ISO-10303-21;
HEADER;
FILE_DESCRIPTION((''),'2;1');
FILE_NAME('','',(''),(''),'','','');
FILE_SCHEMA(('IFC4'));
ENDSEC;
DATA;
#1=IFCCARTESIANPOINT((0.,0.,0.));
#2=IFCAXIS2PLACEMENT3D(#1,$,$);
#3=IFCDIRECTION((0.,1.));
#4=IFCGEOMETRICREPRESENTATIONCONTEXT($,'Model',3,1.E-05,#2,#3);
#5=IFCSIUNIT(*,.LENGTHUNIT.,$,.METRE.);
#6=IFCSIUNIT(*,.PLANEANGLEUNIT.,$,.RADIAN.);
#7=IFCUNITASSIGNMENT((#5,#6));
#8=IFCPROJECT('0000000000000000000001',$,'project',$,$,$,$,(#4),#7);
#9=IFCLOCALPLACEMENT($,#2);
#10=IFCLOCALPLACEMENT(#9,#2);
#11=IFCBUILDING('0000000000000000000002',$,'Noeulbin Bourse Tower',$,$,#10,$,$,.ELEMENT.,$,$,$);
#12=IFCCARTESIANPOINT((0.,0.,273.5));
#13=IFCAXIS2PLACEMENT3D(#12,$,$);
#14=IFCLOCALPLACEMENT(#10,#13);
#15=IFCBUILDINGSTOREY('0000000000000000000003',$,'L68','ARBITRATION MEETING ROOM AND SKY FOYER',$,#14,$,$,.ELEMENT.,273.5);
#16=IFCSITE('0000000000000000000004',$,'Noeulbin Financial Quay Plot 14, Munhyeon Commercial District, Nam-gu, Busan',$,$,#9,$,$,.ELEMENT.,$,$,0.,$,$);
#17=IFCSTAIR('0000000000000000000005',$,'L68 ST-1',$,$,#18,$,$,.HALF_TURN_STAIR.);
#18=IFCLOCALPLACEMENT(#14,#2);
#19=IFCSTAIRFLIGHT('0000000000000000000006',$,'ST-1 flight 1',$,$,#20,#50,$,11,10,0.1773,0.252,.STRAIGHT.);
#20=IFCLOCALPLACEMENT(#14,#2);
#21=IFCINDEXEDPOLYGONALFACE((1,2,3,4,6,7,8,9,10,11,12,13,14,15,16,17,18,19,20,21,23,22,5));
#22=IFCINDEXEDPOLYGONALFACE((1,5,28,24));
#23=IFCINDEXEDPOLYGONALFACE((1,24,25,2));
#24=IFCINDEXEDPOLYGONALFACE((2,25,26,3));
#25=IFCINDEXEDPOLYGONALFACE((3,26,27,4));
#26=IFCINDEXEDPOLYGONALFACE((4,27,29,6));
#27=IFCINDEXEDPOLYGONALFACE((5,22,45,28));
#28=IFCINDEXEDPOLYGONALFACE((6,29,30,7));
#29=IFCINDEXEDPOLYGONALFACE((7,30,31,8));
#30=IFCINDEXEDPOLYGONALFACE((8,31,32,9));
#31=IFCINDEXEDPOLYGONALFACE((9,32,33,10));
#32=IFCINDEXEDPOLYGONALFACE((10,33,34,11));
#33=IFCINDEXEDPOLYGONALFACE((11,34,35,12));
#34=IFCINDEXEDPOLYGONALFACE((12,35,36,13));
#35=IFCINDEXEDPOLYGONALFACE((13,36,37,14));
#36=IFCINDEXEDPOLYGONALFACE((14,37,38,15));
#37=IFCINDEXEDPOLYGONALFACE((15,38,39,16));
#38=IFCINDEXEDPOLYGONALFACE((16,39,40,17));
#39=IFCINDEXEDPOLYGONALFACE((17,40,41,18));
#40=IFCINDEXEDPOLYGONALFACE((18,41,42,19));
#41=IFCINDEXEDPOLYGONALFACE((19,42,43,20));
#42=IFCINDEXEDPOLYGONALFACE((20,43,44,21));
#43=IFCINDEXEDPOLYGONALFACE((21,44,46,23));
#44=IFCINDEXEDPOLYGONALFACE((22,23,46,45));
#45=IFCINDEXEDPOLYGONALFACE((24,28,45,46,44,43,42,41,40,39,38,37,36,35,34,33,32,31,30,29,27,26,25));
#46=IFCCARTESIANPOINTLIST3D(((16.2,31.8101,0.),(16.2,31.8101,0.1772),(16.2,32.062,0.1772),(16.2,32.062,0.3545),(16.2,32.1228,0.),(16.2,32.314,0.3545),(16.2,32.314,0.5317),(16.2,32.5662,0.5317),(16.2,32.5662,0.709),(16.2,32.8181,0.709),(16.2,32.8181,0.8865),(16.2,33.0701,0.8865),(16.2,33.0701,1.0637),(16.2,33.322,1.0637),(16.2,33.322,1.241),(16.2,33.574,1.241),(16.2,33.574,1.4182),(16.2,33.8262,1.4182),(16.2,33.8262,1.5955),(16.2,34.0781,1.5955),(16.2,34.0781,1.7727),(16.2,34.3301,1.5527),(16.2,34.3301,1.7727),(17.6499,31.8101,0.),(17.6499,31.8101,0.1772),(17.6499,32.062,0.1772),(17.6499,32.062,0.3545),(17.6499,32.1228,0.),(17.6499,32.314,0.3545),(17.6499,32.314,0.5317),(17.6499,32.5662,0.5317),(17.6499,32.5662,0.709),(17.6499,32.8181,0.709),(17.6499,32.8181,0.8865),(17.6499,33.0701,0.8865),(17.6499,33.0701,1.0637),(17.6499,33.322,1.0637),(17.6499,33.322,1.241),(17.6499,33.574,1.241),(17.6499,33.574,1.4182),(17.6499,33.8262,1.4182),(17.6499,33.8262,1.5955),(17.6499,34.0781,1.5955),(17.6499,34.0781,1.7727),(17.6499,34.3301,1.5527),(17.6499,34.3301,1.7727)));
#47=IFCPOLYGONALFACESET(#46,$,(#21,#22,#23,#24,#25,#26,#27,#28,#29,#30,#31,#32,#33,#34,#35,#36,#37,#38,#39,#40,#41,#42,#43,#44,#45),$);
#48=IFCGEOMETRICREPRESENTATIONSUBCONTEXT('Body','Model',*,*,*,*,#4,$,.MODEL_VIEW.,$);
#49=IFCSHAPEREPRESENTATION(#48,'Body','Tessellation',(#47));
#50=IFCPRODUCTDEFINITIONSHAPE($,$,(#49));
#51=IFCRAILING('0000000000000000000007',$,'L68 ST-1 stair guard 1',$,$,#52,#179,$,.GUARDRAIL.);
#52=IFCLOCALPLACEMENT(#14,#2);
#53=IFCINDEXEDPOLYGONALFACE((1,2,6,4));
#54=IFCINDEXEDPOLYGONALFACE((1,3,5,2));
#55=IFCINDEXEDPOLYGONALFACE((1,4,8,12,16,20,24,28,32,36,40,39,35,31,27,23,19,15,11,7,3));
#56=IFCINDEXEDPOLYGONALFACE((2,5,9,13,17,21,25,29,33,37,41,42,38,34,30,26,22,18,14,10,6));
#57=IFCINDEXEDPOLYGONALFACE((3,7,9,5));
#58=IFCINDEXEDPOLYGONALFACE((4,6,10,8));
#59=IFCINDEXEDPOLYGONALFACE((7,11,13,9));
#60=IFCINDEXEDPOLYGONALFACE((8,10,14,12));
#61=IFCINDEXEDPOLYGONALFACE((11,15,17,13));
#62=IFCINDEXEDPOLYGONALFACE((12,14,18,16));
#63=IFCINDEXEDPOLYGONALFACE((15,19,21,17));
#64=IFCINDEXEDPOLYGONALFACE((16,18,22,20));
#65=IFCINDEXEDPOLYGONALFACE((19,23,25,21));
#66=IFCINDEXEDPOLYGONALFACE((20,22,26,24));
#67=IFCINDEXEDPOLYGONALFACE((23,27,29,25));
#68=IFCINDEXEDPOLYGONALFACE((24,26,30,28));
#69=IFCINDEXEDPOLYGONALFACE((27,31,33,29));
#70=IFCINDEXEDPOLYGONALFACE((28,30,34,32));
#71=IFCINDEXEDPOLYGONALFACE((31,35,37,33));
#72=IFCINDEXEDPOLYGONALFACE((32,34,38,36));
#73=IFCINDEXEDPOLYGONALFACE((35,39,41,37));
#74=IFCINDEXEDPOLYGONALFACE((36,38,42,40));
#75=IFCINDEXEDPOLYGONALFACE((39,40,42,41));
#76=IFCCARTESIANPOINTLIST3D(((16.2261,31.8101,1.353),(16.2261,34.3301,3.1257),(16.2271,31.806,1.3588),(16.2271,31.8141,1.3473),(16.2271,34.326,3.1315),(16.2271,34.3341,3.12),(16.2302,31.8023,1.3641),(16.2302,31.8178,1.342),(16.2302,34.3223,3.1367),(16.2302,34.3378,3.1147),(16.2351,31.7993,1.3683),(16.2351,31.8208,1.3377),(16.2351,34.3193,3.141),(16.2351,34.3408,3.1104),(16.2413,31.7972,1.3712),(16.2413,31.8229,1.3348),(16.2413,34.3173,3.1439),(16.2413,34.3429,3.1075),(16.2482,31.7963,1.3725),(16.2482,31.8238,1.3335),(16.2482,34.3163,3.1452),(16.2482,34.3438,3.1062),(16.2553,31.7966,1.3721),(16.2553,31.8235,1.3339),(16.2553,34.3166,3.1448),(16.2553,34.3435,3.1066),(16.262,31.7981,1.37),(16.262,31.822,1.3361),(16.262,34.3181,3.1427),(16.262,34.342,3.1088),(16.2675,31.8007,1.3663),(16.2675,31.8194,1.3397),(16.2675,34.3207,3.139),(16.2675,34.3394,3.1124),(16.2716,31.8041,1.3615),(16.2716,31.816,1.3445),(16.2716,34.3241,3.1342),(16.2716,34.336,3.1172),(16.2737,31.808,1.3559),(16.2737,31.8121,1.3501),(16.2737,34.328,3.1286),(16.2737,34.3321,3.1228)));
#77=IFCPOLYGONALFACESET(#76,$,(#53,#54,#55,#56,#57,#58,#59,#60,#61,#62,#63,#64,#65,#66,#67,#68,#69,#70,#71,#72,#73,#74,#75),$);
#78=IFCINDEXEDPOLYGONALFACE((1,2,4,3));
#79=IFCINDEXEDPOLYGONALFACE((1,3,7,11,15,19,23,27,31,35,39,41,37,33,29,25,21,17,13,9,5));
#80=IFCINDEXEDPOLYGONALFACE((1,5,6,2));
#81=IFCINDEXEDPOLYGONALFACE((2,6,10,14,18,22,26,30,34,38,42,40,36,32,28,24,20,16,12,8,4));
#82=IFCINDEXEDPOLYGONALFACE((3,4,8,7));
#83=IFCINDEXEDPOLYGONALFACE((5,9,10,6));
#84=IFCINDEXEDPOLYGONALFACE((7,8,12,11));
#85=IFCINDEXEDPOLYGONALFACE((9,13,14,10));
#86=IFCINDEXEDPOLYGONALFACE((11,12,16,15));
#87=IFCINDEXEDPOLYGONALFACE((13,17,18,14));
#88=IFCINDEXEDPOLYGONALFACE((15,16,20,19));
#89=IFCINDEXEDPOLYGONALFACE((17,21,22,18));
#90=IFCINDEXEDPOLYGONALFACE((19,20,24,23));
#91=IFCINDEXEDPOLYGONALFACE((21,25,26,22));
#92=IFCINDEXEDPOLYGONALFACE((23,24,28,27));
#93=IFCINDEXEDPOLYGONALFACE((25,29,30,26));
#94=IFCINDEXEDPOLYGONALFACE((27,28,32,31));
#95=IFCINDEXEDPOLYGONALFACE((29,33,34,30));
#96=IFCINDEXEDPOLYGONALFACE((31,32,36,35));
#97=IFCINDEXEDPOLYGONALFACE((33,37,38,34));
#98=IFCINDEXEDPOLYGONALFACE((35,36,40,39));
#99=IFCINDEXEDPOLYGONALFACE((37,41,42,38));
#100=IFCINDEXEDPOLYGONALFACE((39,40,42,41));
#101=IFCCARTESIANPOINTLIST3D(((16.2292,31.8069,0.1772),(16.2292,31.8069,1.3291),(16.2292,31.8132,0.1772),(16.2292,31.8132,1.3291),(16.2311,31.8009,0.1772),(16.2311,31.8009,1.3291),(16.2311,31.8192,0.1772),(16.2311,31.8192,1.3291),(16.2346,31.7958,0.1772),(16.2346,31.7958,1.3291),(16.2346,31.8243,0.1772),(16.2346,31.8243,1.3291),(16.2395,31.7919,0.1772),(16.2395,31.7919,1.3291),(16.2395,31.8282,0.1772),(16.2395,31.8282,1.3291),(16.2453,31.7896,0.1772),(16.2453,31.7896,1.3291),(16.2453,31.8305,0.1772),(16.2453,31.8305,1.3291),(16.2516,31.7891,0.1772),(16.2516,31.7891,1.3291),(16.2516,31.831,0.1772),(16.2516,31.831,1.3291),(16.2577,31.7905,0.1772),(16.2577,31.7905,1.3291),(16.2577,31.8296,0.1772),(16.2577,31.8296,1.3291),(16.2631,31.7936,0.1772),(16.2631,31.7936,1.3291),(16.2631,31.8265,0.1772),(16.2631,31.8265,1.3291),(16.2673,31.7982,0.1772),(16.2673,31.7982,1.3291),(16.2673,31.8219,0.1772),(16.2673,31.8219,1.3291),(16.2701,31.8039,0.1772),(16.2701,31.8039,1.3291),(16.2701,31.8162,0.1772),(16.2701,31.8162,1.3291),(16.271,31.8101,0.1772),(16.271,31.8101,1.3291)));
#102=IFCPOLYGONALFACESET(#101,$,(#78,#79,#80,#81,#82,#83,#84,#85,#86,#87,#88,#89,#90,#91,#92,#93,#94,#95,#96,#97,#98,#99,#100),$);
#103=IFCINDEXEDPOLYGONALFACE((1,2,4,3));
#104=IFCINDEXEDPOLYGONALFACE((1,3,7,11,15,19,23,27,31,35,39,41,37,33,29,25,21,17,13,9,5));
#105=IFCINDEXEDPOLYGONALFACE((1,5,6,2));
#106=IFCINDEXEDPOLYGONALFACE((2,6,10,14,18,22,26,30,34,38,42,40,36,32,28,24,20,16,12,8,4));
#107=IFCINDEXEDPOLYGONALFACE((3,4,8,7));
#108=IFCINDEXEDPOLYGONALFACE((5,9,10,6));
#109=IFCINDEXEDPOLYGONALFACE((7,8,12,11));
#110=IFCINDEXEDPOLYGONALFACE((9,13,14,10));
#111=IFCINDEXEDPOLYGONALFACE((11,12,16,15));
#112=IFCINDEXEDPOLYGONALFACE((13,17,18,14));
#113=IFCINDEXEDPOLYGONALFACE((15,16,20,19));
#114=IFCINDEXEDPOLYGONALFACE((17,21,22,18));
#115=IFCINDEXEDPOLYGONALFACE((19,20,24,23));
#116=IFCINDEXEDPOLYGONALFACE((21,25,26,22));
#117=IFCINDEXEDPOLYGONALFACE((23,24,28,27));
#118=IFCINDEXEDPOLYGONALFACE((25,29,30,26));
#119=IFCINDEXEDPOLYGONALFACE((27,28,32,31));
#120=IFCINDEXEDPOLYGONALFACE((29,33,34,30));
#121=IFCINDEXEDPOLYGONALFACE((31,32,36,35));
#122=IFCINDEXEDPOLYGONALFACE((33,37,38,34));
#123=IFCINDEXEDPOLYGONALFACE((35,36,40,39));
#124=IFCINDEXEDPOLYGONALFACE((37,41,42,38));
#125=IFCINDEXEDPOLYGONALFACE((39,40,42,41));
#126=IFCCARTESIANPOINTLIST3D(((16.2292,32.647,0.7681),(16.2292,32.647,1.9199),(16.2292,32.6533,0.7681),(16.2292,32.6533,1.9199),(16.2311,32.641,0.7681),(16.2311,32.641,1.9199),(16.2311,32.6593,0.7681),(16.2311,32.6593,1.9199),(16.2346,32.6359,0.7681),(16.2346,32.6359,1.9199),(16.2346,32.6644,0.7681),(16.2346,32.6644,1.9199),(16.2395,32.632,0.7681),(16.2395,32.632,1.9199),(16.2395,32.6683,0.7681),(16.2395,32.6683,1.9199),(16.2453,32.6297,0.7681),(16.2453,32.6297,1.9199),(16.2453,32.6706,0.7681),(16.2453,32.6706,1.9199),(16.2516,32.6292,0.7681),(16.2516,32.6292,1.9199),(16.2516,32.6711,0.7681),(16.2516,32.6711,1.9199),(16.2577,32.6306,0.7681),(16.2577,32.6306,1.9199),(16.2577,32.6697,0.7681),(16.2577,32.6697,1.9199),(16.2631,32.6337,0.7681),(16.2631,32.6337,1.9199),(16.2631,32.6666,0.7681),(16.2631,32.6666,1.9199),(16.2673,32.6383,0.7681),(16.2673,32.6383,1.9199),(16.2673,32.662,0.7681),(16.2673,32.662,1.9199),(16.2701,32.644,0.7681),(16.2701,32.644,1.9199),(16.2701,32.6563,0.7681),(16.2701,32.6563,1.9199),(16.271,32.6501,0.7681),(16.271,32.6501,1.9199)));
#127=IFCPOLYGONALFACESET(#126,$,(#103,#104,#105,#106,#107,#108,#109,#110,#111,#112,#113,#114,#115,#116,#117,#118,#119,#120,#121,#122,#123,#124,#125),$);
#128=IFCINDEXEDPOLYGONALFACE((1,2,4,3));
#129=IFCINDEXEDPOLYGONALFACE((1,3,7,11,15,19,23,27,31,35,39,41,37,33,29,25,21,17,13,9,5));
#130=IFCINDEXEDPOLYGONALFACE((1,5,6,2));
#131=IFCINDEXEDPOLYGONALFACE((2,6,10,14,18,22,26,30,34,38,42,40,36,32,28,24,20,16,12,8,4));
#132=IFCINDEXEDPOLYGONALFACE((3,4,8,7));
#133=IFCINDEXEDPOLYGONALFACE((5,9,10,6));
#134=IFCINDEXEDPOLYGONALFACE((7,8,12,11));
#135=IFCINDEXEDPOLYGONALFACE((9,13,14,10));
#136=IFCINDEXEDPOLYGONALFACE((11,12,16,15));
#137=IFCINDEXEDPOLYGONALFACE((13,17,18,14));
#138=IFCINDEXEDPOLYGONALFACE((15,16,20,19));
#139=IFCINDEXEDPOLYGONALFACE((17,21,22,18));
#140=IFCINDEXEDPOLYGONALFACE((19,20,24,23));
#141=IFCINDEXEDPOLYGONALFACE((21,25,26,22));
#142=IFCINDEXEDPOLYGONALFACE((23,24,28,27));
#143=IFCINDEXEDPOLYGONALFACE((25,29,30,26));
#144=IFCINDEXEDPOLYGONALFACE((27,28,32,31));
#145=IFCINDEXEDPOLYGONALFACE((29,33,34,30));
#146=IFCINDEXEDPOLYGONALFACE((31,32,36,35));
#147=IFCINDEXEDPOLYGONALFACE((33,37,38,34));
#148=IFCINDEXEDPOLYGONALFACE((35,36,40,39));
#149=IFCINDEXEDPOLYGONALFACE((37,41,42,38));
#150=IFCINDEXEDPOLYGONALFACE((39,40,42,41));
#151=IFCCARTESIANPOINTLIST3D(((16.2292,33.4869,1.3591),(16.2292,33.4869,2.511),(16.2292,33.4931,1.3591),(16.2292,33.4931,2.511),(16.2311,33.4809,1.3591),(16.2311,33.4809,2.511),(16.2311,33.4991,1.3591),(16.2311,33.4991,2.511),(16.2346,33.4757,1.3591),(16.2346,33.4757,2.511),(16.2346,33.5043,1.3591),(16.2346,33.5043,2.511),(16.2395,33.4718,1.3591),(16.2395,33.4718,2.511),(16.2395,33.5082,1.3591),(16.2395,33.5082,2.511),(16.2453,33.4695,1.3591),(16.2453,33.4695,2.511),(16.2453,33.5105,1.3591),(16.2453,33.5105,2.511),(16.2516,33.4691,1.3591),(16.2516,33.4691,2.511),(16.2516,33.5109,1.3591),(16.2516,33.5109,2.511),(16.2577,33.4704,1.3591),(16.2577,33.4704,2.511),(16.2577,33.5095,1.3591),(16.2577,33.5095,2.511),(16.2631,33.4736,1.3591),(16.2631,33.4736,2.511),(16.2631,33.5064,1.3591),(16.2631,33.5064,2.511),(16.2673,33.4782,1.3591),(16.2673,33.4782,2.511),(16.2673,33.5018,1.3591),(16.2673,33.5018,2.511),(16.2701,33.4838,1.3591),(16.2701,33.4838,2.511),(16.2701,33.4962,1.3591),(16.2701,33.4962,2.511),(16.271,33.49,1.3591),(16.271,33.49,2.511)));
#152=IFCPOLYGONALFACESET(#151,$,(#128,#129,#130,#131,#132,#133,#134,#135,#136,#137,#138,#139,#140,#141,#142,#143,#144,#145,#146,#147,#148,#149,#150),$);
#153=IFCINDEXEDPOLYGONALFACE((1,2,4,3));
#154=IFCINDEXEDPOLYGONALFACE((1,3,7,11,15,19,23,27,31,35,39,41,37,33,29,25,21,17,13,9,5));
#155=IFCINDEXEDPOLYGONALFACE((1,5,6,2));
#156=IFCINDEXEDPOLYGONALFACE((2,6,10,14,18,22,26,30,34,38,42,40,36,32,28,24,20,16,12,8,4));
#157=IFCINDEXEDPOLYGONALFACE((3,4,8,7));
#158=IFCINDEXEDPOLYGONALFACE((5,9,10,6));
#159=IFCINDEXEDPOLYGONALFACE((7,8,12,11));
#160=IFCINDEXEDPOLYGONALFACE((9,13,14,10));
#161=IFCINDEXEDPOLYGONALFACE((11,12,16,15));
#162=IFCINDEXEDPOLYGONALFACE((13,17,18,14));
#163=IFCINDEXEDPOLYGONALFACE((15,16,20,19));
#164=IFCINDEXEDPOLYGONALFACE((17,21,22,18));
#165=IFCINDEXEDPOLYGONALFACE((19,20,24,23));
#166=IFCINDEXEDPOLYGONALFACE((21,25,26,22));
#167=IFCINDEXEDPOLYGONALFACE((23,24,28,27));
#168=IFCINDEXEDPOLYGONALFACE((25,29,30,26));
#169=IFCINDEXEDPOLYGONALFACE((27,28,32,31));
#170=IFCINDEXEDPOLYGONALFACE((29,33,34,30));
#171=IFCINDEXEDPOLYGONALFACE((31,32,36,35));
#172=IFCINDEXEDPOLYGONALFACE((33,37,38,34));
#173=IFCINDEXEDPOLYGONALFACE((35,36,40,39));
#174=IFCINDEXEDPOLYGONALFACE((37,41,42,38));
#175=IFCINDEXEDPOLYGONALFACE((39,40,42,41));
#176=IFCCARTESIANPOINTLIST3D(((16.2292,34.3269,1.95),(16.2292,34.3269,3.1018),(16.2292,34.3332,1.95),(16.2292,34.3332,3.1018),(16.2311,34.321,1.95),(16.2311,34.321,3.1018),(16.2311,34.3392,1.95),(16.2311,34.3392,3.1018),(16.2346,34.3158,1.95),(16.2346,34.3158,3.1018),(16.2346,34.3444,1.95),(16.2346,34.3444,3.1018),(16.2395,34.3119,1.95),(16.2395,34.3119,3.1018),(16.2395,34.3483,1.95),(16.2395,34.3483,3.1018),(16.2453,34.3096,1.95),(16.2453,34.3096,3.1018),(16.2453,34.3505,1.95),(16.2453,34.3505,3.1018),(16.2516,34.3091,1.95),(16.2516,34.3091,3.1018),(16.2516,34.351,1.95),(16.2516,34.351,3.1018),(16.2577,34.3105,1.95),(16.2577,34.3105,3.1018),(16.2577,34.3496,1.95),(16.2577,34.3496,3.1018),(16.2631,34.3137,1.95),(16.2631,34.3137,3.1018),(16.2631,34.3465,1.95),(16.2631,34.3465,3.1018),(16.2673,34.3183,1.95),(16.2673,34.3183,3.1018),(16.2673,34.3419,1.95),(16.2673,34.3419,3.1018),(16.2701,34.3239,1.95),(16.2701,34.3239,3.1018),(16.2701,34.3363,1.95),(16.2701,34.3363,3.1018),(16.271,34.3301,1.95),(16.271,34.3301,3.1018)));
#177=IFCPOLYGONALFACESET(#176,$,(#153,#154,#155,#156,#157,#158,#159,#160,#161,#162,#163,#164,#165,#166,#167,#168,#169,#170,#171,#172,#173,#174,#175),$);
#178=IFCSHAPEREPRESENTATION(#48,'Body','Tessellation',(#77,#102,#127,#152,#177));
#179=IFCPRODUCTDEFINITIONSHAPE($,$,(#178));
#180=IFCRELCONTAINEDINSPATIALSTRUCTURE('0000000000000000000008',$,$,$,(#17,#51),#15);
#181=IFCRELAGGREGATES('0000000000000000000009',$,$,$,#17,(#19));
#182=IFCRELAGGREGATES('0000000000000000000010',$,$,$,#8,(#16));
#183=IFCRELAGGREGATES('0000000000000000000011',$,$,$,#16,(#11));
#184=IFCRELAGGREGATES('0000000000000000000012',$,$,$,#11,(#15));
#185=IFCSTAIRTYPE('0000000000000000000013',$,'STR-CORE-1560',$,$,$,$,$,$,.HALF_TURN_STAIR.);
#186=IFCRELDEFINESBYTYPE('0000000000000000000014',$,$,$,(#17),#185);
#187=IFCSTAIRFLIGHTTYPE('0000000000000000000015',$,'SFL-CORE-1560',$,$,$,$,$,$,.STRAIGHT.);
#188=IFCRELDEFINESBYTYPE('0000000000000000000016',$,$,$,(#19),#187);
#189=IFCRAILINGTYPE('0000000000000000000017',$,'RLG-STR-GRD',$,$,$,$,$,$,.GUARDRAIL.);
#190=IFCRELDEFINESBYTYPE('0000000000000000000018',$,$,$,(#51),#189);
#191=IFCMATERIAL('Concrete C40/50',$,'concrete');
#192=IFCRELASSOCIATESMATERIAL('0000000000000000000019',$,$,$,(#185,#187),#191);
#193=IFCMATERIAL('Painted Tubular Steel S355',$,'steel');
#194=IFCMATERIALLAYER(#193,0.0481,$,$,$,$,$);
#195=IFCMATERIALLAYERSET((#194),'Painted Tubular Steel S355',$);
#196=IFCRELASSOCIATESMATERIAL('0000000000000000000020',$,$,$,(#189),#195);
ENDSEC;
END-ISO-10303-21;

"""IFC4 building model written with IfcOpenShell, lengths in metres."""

from ifc_helpers import new_model, si_unit, direction, frame, origin, origin_2d, place, context, subcontext, project, spatial, polyline, circle, outline, extrude, material, layer, layer_set, type_object, element, aggregate, save


model = new_model("IFC4")

# Units and contexts
model_context = context("Model", 3, precision=1e-05, world=origin(), true_north=direction((0.0, 1.0)))
body_context = subcontext(model_context, "Body", "Model", "MODEL_VIEW")
ifc_project = project(units=[si_unit("LENGTHUNIT", "METRE"), si_unit("PLANEANGLEUNIT", "RADIAN")], contexts=[model_context])

# Site, building, storey
site_placement = place(None, origin())
site = spatial("IfcSite", under=ifc_project, at=site_placement, Name="Noeulbin Financial Quay Plot 14, Munhyeon Commercial District, Nam-gu, Busan", CompositionType="ELEMENT", RefElevation=0.0)
building_placement = place(site_placement, origin())
building = spatial("IfcBuilding", under=site, at=building_placement, Name="Noeulbin Bourse Tower", CompositionType="ELEMENT")
storey_placement = place(building_placement, frame((0.0, 0.0, 273.5)))
storey = spatial("IfcBuildingStorey", under=building, at=storey_placement, Name="L68", Description="ARBITRATION MEETING ROOM AND SKY FOYER", CompositionType="ELEMENT", Elevation=273.5)

# Shared definitions
ifc_material_1 = material(Name="Concrete C40/50", Category="concrete")

# Stair, stair flight
stair_type = type_object("IfcStairType", Name="STR-CORE-1560", PredefinedType="HALF_TURN_STAIR", material=ifc_material_1)
stair_placement = place(storey_placement, origin())
stair = element("IfcStair", 1, at=stair_placement, inside=storey, type_object=stair_type, Name="L68 ST-1", PredefinedType="HALF_TURN_STAIR")
stair_flight_type = type_object("IfcStairFlightType", Name="SFL-CORE-1560", PredefinedType="STRAIGHT", material=ifc_material_1)
stair_flight_placement = place(storey_placement, frame((16.925, 31.8101, 0.0), z_axis=(0.0, 0.0, 1.0), x_axis=(0.0, 1.0, 0.0)))
stair_flight = element("IfcStairFlight", 2, at=stair_flight_placement, type_object=stair_flight_type, Name="ST-1 flight 1", NumberOfRisers=11, NumberOfTreads=10, PredefinedType="STRAIGHT", RiserHeight=0.1773, TreadLength=0.252, context=body_context, shape_type="SweptSolid", body=[
    extrude(outline(polyline([(0.0, 0.0), (0.0, 0.1772), (0.252, 0.1772), (0.252, 0.3545), (0.5039, 0.3545), (0.5039, 0.5317), (0.7561, 0.5317), (0.7561, 0.709), (1.0081, 0.709), (1.0081, 0.8865), (1.26, 0.8865), (1.26, 1.0637), (1.512, 1.0637), (1.512, 1.241), (1.7639, 1.241), (1.7639, 1.4182), (2.0161, 1.4182), (2.0161, 1.5955), (2.2681, 1.5955), (2.2681, 1.7727), (2.52, 1.7727), (2.52, 1.95), (2.52, 1.5527), (0.3127, 0.0), (0.0, 0.0)])), frame((0.0, 0.7251, 0.0), z_axis=(0.0, -1.0, 0.0), x_axis=(1.0, 0.0, 0.0)), (0.0, 0.0, 1.0), 1.45),
])
aggregate(stair, [stair_flight])

# Railing
ifc_material_2 = material(Name="Painted Tubular Steel S355", Category="steel")
ifc_layer_1 = layer(ifc_material_2, 0.0481)
ifc_layer_set_1 = layer_set([ifc_layer_1], Name="Painted Tubular Steel S355")
railing_type_1 = type_object("IfcRailingType", Name="RLG-STR-GRD", PredefinedType="GUARDRAIL", material=ifc_layer_set_1)
railing_1_placement = place(storey_placement, frame((16.25, 31.8101, 0.1772)))
element("IfcRailing", 3, at=railing_1_placement, inside=storey, type_object=railing_type_1, Name="L68 ST-1 stair guard 1", PredefinedType="GUARDRAIL", context=body_context, shape_type="SweptSolid", body=[
    extrude(circle(Radius=0.0239, at=origin_2d()), frame((0.0, 0.0, 1.1758), z_axis=(0.0, 0.817904, 0.575354), x_axis=(-1.0, 0.0, 0.0)), (0.0, 0.0, 1.0), 3.0811),
    extrude(circle(Radius=0.021, at=origin_2d()), origin(), (0.0, 0.0, 1.0), 1.1519),
    extrude(circle(Radius=0.021, at=origin_2d()), frame((0.0, 0.8401, 0.5908)), (0.0, 0.0, 1.0), 1.1519),
    extrude(circle(Radius=0.021, at=origin_2d()), frame((0.0, 1.6799, 1.1819)), (0.0, 0.0, 1.0), 1.1519),
    extrude(circle(Radius=0.021, at=origin_2d()), frame((0.0, 2.52, 1.7727)), (0.0, 0.0, 1.0), 1.1519),
])

save(model, "model.ifc")
